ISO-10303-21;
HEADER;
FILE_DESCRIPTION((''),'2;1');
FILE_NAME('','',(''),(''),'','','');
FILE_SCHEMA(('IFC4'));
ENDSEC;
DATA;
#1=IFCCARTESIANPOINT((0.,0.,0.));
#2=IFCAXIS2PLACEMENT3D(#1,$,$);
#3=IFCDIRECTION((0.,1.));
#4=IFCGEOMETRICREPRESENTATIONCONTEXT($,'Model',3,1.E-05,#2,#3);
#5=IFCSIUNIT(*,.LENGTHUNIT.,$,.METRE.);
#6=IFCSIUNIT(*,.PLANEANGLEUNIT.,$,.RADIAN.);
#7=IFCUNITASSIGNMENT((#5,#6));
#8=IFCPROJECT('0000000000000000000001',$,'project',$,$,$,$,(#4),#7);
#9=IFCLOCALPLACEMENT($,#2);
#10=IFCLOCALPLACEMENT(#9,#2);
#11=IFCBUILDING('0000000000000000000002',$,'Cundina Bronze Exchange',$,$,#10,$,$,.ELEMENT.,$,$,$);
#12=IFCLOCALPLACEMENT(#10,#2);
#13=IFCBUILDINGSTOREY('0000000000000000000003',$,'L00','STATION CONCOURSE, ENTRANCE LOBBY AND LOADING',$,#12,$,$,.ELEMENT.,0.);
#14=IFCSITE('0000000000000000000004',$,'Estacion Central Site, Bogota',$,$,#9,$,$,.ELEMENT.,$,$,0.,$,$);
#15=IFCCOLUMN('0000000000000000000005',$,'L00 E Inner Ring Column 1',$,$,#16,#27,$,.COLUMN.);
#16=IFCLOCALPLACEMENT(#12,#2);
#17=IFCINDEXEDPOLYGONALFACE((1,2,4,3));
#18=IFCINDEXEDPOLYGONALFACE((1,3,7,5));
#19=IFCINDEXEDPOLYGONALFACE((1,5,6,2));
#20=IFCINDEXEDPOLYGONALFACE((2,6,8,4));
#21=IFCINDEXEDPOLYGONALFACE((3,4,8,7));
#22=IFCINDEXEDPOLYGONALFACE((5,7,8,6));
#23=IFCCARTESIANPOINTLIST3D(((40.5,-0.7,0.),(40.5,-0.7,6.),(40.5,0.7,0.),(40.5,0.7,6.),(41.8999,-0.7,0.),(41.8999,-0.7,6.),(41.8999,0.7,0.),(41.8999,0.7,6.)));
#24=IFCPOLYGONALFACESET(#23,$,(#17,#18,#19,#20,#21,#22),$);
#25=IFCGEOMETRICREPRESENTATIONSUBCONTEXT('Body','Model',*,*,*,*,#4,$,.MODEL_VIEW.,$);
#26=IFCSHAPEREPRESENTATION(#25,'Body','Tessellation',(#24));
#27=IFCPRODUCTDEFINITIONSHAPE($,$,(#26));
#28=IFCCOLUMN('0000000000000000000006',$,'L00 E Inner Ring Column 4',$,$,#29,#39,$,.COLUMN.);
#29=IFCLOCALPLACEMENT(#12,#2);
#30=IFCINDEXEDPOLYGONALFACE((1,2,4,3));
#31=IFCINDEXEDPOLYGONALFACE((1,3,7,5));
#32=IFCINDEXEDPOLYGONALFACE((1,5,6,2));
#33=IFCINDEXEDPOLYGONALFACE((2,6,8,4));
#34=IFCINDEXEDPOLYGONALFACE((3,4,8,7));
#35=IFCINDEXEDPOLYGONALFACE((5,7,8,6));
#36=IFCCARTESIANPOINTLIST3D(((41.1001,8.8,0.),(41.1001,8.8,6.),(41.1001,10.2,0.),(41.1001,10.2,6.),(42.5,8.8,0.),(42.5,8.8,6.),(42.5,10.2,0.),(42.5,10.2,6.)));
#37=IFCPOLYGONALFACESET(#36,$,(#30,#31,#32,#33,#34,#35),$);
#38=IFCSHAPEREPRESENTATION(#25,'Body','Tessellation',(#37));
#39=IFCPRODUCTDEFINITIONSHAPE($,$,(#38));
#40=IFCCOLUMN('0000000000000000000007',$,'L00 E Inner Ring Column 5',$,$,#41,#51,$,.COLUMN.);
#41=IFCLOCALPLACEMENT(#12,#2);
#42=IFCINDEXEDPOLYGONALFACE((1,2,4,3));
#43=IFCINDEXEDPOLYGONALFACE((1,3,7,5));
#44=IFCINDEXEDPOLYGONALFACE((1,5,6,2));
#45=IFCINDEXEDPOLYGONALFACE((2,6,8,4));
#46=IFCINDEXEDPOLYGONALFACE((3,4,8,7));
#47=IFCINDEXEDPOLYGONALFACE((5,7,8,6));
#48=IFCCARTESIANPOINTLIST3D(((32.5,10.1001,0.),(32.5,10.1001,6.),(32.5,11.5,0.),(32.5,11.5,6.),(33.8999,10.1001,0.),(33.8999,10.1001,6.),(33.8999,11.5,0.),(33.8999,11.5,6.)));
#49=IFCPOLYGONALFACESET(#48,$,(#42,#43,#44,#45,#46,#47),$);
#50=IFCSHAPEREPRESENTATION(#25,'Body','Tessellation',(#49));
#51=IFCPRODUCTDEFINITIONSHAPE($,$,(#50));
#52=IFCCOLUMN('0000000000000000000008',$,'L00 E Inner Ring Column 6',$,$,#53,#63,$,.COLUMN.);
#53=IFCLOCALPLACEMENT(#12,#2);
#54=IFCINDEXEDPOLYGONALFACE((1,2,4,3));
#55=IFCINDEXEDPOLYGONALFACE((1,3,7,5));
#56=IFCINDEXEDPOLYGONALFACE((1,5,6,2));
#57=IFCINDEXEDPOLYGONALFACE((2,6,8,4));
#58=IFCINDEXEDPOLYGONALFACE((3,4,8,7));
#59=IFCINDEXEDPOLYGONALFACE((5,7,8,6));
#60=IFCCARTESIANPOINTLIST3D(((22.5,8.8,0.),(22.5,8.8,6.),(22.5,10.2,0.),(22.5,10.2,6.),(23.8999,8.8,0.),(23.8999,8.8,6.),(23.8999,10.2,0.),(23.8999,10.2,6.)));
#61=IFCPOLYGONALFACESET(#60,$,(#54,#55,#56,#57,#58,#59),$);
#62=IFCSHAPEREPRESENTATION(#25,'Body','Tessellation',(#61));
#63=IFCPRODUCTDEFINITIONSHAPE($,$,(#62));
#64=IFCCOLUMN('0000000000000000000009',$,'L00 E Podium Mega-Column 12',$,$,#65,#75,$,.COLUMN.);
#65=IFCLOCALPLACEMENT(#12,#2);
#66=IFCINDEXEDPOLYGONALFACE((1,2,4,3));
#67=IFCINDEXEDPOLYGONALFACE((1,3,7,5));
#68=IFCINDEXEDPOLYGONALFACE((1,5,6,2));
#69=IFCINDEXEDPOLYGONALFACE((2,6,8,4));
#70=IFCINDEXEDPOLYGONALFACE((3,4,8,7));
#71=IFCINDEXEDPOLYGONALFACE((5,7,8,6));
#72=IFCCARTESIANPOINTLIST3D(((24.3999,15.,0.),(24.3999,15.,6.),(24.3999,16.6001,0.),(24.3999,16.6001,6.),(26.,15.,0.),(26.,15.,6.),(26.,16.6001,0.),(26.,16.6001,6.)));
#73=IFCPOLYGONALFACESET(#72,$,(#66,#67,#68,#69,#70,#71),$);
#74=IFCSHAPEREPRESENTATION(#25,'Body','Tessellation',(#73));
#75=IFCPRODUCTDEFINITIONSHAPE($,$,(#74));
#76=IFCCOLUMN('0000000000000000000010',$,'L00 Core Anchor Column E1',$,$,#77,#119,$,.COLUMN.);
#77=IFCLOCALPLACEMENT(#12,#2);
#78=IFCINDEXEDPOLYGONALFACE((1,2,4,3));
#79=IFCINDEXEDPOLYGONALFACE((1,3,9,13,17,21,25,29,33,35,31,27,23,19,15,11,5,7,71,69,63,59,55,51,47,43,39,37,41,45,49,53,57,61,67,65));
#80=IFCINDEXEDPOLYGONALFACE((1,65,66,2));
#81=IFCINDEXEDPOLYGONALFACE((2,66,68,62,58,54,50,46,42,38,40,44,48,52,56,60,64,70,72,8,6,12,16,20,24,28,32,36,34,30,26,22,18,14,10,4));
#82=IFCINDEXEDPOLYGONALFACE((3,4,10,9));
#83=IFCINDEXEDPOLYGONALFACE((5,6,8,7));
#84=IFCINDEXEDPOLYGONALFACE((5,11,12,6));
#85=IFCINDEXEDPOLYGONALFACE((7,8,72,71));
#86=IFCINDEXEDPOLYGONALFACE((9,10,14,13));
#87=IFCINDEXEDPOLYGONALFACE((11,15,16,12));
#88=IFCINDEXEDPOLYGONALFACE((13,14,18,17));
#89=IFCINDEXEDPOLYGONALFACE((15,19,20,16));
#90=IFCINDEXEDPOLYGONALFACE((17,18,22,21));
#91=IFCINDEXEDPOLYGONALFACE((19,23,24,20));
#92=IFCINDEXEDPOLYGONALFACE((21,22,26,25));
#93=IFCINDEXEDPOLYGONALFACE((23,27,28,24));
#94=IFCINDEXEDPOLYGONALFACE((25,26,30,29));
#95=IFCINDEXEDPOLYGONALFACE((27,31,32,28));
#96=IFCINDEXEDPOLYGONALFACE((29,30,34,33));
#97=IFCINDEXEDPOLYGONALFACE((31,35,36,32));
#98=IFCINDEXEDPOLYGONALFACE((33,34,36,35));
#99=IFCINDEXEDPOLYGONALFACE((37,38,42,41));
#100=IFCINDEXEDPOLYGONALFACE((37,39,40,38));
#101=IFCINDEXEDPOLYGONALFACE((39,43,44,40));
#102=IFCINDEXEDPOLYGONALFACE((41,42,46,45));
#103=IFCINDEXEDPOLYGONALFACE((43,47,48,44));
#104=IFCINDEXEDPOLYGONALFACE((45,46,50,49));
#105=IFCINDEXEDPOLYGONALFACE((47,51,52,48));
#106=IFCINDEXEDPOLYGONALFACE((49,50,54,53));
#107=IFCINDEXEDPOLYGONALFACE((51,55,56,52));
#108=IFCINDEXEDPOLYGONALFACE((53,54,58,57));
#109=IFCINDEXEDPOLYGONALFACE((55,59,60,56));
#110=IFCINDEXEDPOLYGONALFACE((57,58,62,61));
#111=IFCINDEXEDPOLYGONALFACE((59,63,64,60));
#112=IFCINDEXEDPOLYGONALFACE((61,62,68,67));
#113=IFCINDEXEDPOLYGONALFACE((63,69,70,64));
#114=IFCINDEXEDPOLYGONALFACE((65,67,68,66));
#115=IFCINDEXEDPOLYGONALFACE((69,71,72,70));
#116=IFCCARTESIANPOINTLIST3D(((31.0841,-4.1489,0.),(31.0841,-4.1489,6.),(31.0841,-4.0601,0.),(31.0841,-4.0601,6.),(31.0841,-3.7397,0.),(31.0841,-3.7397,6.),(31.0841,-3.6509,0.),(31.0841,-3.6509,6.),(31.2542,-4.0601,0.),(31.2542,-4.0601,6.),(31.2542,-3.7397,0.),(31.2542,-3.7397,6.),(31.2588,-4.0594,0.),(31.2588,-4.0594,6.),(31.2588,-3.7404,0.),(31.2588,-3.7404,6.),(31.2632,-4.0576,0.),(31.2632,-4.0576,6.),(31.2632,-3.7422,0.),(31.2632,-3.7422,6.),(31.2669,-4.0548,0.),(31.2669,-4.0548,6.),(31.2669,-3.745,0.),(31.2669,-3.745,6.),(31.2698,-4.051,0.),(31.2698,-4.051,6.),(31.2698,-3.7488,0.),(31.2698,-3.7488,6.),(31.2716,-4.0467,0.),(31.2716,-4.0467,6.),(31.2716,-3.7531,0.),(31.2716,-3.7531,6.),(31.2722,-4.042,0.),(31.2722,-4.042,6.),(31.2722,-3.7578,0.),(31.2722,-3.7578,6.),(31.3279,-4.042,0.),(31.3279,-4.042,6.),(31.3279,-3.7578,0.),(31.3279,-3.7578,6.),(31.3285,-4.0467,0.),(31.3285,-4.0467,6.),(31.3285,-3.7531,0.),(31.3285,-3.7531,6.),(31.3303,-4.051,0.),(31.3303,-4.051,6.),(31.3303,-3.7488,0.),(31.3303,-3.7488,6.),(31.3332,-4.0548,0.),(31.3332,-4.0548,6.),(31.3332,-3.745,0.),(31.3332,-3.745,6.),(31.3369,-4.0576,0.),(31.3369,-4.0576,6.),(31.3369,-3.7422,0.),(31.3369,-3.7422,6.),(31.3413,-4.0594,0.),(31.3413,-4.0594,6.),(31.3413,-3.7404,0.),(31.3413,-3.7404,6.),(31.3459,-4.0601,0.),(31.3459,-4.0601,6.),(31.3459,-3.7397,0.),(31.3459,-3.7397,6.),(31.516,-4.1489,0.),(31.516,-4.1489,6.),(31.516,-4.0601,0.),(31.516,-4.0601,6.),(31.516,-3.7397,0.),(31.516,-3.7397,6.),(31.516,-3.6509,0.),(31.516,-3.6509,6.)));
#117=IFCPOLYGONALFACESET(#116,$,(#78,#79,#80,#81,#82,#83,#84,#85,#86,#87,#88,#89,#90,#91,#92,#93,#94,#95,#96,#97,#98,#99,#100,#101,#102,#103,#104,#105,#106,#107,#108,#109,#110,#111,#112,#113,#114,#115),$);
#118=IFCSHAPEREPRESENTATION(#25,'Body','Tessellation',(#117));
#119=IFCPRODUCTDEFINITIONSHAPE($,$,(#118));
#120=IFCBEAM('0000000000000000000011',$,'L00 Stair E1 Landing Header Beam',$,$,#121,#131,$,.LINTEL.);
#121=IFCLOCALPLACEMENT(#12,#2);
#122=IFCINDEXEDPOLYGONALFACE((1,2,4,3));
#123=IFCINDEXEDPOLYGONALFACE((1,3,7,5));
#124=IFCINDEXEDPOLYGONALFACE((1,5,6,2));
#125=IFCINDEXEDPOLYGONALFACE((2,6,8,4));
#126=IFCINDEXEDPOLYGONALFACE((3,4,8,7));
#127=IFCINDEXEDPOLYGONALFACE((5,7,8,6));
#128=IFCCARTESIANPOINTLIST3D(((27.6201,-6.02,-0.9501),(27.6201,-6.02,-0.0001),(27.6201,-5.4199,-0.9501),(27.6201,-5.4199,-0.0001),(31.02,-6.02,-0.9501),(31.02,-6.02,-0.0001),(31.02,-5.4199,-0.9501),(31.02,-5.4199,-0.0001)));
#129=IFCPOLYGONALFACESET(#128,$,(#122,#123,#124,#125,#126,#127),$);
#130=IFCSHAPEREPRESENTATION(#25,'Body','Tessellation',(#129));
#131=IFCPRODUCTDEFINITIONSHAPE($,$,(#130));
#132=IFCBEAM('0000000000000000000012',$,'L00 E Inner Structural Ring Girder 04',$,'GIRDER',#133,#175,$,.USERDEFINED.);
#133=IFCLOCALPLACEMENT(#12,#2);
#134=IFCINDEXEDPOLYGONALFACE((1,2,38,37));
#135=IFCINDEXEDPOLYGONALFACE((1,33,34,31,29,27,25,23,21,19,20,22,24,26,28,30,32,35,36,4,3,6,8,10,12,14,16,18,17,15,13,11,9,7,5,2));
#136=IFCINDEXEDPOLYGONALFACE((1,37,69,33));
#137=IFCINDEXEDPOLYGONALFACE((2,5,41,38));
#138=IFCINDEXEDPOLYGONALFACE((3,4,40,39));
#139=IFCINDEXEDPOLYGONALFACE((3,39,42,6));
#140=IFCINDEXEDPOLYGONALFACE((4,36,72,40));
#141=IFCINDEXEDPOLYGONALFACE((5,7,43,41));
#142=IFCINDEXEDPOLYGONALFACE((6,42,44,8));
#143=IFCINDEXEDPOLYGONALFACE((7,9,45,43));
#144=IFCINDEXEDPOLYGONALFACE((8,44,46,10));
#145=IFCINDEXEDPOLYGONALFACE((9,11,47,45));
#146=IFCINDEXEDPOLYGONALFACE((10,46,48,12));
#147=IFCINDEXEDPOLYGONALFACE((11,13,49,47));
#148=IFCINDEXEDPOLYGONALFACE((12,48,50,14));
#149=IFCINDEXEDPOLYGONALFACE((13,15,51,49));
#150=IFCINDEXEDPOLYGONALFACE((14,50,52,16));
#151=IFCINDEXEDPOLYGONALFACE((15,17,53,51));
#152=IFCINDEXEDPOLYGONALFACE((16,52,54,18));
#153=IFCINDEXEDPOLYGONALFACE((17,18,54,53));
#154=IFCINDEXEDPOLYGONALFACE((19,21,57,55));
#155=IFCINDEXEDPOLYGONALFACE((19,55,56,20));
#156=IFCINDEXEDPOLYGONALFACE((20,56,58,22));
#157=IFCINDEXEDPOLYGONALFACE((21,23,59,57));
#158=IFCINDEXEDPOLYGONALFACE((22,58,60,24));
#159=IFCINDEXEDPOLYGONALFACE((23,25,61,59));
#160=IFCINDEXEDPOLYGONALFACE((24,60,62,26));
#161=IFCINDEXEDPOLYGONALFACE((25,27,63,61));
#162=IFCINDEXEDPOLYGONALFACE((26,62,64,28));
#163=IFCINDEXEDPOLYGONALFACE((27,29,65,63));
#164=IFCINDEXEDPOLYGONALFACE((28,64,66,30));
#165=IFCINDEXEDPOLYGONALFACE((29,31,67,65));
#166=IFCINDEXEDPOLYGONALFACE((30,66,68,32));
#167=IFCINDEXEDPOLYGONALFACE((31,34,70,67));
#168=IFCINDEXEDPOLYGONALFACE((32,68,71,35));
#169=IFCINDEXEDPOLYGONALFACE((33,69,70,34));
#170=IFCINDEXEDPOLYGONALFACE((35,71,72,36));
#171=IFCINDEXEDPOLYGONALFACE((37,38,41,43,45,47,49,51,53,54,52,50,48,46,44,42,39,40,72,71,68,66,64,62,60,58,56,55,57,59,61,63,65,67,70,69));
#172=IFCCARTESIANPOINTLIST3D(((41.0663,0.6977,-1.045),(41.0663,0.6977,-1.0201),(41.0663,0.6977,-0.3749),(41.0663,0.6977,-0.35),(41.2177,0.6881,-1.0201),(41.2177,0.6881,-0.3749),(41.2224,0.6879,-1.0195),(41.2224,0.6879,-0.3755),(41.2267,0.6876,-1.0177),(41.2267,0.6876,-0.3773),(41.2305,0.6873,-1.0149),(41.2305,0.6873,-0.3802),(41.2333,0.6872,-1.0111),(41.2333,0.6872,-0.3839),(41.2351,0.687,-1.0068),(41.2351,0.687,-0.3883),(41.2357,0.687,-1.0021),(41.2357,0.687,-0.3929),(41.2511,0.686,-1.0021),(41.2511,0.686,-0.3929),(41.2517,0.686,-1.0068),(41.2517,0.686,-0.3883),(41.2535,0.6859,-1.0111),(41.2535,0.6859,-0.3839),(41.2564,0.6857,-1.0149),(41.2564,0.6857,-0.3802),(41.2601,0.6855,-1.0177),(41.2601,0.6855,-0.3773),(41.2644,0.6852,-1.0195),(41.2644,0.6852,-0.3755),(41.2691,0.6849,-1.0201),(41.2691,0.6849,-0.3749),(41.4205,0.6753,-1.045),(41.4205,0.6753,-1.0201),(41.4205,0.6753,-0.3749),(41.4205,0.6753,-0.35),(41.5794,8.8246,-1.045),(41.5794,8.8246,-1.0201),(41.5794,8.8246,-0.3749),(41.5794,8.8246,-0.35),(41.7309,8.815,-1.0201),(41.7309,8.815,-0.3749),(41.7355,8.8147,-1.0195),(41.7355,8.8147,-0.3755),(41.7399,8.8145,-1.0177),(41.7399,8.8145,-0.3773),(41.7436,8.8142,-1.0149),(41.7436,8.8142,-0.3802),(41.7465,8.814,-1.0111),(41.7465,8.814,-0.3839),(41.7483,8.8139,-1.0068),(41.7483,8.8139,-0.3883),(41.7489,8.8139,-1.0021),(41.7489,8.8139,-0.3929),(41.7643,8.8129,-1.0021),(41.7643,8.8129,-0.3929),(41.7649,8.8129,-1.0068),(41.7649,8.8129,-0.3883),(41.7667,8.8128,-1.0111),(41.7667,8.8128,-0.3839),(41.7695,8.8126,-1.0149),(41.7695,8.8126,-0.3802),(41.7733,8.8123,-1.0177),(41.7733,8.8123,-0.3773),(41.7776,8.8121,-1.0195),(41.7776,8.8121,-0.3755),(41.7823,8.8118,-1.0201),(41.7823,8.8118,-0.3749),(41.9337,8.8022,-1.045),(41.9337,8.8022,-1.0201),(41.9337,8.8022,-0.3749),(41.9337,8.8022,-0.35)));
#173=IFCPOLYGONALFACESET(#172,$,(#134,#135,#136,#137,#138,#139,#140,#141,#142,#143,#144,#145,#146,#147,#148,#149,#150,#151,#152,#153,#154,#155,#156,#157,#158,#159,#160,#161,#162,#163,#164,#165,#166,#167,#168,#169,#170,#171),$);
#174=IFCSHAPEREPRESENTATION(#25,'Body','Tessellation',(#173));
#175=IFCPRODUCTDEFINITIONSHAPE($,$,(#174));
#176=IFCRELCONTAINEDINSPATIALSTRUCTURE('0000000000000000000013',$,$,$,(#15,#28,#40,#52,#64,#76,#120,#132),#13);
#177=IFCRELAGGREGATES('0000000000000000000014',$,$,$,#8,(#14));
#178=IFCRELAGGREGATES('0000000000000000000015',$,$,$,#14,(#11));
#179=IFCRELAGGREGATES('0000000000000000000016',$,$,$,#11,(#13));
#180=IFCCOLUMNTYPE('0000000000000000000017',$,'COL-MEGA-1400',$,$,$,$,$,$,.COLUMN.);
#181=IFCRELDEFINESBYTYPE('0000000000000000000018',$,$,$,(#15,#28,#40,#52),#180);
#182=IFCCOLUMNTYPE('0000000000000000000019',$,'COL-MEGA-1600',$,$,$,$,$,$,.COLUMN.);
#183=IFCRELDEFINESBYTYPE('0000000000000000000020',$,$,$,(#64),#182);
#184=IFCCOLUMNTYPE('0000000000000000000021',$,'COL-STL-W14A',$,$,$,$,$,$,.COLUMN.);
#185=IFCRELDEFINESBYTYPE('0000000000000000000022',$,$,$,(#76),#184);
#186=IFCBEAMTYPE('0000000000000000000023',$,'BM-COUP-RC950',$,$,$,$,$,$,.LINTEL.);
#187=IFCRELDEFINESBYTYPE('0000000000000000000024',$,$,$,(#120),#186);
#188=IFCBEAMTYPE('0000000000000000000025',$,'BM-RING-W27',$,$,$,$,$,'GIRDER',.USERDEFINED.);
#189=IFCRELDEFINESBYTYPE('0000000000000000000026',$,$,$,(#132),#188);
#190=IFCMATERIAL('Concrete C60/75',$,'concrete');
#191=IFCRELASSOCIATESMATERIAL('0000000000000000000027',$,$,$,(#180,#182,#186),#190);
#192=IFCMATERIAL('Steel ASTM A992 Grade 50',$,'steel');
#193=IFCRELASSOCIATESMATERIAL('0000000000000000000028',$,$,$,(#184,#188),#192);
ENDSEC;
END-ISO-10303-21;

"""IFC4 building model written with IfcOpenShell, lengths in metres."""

from ifc_helpers import new_model, si_unit, direction, frame, origin, origin_2d, place, context, subcontext, project, spatial, rectangle, i_section, extrude, material, material_profile, profile_set, type_object, element, save


model = new_model("IFC4")

# Units and contexts
model_context = context("Model", 3, precision=1e-05, world=origin(), true_north=direction((0.0, 1.0)))
body_context = subcontext(model_context, "Body", "Model", "MODEL_VIEW")
ifc_project = project(units=[si_unit("LENGTHUNIT", "METRE"), si_unit("PLANEANGLEUNIT", "RADIAN")], contexts=[model_context])

# Site, building, storey
site_placement = place(None, origin())
site = spatial("IfcSite", under=ifc_project, at=site_placement, Name="Estacion Central Site, Bogota", CompositionType="ELEMENT", RefElevation=0.0)
building_placement = place(site_placement, origin())
building = spatial("IfcBuilding", under=site, at=building_placement, Name="Cundina Bronze Exchange", CompositionType="ELEMENT")
storey_placement = place(building_placement, origin())
storey = spatial("IfcBuildingStorey", under=building, at=storey_placement, Name="L00", Description="STATION CONCOURSE, ENTRANCE LOBBY AND LOADING", CompositionType="ELEMENT", Elevation=0.0)

# Columns
ifc_material_1 = material(Name="Concrete C60/75", Category="concrete")
ifc_material_profile_1 = material_profile(ifc_material_1, rectangle(XDim=1.3999, YDim=1.3999, at=origin_2d()), Name="RC1400X1400", Category="concrete")
ifc_profile_set_1 = profile_set([ifc_material_profile_1], Name="Concrete C60/75")
column_type_1 = type_object("IfcColumnType", Name="COL-MEGA-1400", PredefinedType="COLUMN", material=ifc_profile_set_1)
for number, where, z_axis, x_axis, name in (
    (1, (41.2, 0.0, 0.0), (0.0, 0.0, 1.0), (1.0, 0.0, 0.0), "L00 E Inner Ring Column 1"),
    (2, (41.8, 9.5, 0.0), (0.0, 0.0, 1.0), (1.0, 0.0, 0.0), "L00 E Inner Ring Column 4"),
    (3, (33.2, 10.8, 0.0), (0.0, 0.0, 1.0), (1.0, 0.0, 0.0), "L00 E Inner Ring Column 5"),
    (4, (23.2, 9.5, 0.0), (0.0, 0.0, 1.0), (1.0, 0.0, 0.0), "L00 E Inner Ring Column 6"),
):
    element("IfcColumn", number, at=place(storey_placement, frame(where, z_axis=z_axis, x_axis=x_axis)), inside=storey, type_object=column_type_1, Name=name, PredefinedType="COLUMN", context=body_context, shape_type="SweptSolid", body=[
        extrude(rectangle(XDim=1.3999, YDim=1.3999, at=origin_2d()), origin(), (0.0, 0.0, 1.0), 6.0),
    ])
ifc_material_profile_2 = material_profile(ifc_material_1, rectangle(XDim=1.6001, YDim=1.6001, at=origin_2d()), Name="RC1600X1600", Category="concrete")
ifc_profile_set_2 = profile_set([ifc_material_profile_2], Name="Concrete C60/75")
column_type_2 = type_object("IfcColumnType", Name="COL-MEGA-1600", PredefinedType="COLUMN", material=ifc_profile_set_2)
column_1_placement = place(storey_placement, frame((25.2, 15.8, 0.0), z_axis=(0.0, 0.0, 1.0), x_axis=(1.0, 0.0, 0.0)))
element("IfcColumn", 5, at=column_1_placement, inside=storey, type_object=column_type_2, Name="L00 E Podium Mega-Column 12", PredefinedType="COLUMN", context=body_context, shape_type="SweptSolid", body=[
    extrude(rectangle(XDim=1.6001, YDim=1.6001, at=origin_2d()), origin(), (0.0, 0.0, 1.0), 6.0),
])
ifc_material_2 = material(Name="Steel ASTM A992 Grade 50", Category="steel")
ifc_material_profile_3 = material_profile(ifc_material_2, i_section(OverallWidth=0.4319, OverallDepth=0.498, WebThickness=0.0557, FlangeThickness=0.0889, FilletRadius=0.0181, at=origin_2d()), Name="W14X500", Category="steel")
ifc_profile_set_3 = profile_set([ifc_material_profile_3], Name="Steel ASTM A992 Grade 50")
column_type_3 = type_object("IfcColumnType", Name="COL-STL-W14A", PredefinedType="COLUMN", material=ifc_profile_set_3)
column_2_placement = place(storey_placement, frame((31.3, -3.8999, 0.0), z_axis=(0.0, 0.0, 1.0), x_axis=(1.0, 0.0, 0.0)))
element("IfcColumn", 6, at=column_2_placement, inside=storey, type_object=column_type_3, Name="L00 Core Anchor Column E1", PredefinedType="COLUMN", context=body_context, shape_type="SweptSolid", body=[
    extrude(i_section(OverallWidth=0.4319, OverallDepth=0.498, WebThickness=0.0557, FlangeThickness=0.0889, FilletRadius=0.0181, at=origin_2d()), origin(), (0.0, 0.0, 1.0), 6.0),
])

# Beams
ifc_material_profile_4 = material_profile(ifc_material_1, rectangle(XDim=0.6001, YDim=0.95, at=origin_2d()), Name="RC600X950", Category="concrete")
ifc_profile_set_4 = profile_set([ifc_material_profile_4], Name="Concrete C60/75")
beam_type_1 = type_object("IfcBeamType", Name="BM-COUP-RC950", PredefinedType="LINTEL", material=ifc_profile_set_4)
beam_1_placement = place(storey_placement, frame((27.6201, -5.72, -0.4751), z_axis=(1.0, 0.0, 0.0), x_axis=(0.0, 1.0, 0.0)))
element("IfcBeam", 7, at=beam_1_placement, inside=storey, type_object=beam_type_1, Name="L00 Stair E1 Landing Header Beam", PredefinedType="LINTEL", context=body_context, shape_type="SweptSolid", body=[
    extrude(rectangle(XDim=0.6001, YDim=0.95, at=origin_2d()), origin(), (0.0, 0.0, 1.0), 3.3999),
])
ifc_material_profile_5 = material_profile(ifc_material_2, i_section(OverallWidth=0.355, OverallDepth=0.6951, WebThickness=0.0154, FlangeThickness=0.0249, FilletRadius=0.0181, at=origin_2d()), Name="W27X146", Category="steel")
ifc_profile_set_5 = profile_set([ifc_material_profile_5], Name="Steel ASTM A992 Grade 50")
beam_type_2 = type_object("IfcBeamType", Name="BM-RING-W27", ElementType="GIRDER", PredefinedType="USERDEFINED", material=ifc_profile_set_5)
beam_2_placement = place(storey_placement, frame((41.2434, 0.6865, -0.6975), z_axis=(0.06302, 0.998012, 0.0), x_axis=(-0.998012, 0.06302, 0.0)))
element("IfcBeam", 8, at=beam_2_placement, inside=storey, type_object=beam_type_2, Name="L00 E Inner Structural Ring Girder 04", ObjectType="GIRDER", PredefinedType="USERDEFINED", context=body_context, shape_type="SweptSolid", body=[
    extrude(i_section(OverallWidth=0.355, OverallDepth=0.6951, WebThickness=0.0154, FlangeThickness=0.0249, FilletRadius=0.0181, at=origin_2d()), origin(), (0.0, 0.0, 1.0), 8.1431),
])

save(model, "model.ifc")
